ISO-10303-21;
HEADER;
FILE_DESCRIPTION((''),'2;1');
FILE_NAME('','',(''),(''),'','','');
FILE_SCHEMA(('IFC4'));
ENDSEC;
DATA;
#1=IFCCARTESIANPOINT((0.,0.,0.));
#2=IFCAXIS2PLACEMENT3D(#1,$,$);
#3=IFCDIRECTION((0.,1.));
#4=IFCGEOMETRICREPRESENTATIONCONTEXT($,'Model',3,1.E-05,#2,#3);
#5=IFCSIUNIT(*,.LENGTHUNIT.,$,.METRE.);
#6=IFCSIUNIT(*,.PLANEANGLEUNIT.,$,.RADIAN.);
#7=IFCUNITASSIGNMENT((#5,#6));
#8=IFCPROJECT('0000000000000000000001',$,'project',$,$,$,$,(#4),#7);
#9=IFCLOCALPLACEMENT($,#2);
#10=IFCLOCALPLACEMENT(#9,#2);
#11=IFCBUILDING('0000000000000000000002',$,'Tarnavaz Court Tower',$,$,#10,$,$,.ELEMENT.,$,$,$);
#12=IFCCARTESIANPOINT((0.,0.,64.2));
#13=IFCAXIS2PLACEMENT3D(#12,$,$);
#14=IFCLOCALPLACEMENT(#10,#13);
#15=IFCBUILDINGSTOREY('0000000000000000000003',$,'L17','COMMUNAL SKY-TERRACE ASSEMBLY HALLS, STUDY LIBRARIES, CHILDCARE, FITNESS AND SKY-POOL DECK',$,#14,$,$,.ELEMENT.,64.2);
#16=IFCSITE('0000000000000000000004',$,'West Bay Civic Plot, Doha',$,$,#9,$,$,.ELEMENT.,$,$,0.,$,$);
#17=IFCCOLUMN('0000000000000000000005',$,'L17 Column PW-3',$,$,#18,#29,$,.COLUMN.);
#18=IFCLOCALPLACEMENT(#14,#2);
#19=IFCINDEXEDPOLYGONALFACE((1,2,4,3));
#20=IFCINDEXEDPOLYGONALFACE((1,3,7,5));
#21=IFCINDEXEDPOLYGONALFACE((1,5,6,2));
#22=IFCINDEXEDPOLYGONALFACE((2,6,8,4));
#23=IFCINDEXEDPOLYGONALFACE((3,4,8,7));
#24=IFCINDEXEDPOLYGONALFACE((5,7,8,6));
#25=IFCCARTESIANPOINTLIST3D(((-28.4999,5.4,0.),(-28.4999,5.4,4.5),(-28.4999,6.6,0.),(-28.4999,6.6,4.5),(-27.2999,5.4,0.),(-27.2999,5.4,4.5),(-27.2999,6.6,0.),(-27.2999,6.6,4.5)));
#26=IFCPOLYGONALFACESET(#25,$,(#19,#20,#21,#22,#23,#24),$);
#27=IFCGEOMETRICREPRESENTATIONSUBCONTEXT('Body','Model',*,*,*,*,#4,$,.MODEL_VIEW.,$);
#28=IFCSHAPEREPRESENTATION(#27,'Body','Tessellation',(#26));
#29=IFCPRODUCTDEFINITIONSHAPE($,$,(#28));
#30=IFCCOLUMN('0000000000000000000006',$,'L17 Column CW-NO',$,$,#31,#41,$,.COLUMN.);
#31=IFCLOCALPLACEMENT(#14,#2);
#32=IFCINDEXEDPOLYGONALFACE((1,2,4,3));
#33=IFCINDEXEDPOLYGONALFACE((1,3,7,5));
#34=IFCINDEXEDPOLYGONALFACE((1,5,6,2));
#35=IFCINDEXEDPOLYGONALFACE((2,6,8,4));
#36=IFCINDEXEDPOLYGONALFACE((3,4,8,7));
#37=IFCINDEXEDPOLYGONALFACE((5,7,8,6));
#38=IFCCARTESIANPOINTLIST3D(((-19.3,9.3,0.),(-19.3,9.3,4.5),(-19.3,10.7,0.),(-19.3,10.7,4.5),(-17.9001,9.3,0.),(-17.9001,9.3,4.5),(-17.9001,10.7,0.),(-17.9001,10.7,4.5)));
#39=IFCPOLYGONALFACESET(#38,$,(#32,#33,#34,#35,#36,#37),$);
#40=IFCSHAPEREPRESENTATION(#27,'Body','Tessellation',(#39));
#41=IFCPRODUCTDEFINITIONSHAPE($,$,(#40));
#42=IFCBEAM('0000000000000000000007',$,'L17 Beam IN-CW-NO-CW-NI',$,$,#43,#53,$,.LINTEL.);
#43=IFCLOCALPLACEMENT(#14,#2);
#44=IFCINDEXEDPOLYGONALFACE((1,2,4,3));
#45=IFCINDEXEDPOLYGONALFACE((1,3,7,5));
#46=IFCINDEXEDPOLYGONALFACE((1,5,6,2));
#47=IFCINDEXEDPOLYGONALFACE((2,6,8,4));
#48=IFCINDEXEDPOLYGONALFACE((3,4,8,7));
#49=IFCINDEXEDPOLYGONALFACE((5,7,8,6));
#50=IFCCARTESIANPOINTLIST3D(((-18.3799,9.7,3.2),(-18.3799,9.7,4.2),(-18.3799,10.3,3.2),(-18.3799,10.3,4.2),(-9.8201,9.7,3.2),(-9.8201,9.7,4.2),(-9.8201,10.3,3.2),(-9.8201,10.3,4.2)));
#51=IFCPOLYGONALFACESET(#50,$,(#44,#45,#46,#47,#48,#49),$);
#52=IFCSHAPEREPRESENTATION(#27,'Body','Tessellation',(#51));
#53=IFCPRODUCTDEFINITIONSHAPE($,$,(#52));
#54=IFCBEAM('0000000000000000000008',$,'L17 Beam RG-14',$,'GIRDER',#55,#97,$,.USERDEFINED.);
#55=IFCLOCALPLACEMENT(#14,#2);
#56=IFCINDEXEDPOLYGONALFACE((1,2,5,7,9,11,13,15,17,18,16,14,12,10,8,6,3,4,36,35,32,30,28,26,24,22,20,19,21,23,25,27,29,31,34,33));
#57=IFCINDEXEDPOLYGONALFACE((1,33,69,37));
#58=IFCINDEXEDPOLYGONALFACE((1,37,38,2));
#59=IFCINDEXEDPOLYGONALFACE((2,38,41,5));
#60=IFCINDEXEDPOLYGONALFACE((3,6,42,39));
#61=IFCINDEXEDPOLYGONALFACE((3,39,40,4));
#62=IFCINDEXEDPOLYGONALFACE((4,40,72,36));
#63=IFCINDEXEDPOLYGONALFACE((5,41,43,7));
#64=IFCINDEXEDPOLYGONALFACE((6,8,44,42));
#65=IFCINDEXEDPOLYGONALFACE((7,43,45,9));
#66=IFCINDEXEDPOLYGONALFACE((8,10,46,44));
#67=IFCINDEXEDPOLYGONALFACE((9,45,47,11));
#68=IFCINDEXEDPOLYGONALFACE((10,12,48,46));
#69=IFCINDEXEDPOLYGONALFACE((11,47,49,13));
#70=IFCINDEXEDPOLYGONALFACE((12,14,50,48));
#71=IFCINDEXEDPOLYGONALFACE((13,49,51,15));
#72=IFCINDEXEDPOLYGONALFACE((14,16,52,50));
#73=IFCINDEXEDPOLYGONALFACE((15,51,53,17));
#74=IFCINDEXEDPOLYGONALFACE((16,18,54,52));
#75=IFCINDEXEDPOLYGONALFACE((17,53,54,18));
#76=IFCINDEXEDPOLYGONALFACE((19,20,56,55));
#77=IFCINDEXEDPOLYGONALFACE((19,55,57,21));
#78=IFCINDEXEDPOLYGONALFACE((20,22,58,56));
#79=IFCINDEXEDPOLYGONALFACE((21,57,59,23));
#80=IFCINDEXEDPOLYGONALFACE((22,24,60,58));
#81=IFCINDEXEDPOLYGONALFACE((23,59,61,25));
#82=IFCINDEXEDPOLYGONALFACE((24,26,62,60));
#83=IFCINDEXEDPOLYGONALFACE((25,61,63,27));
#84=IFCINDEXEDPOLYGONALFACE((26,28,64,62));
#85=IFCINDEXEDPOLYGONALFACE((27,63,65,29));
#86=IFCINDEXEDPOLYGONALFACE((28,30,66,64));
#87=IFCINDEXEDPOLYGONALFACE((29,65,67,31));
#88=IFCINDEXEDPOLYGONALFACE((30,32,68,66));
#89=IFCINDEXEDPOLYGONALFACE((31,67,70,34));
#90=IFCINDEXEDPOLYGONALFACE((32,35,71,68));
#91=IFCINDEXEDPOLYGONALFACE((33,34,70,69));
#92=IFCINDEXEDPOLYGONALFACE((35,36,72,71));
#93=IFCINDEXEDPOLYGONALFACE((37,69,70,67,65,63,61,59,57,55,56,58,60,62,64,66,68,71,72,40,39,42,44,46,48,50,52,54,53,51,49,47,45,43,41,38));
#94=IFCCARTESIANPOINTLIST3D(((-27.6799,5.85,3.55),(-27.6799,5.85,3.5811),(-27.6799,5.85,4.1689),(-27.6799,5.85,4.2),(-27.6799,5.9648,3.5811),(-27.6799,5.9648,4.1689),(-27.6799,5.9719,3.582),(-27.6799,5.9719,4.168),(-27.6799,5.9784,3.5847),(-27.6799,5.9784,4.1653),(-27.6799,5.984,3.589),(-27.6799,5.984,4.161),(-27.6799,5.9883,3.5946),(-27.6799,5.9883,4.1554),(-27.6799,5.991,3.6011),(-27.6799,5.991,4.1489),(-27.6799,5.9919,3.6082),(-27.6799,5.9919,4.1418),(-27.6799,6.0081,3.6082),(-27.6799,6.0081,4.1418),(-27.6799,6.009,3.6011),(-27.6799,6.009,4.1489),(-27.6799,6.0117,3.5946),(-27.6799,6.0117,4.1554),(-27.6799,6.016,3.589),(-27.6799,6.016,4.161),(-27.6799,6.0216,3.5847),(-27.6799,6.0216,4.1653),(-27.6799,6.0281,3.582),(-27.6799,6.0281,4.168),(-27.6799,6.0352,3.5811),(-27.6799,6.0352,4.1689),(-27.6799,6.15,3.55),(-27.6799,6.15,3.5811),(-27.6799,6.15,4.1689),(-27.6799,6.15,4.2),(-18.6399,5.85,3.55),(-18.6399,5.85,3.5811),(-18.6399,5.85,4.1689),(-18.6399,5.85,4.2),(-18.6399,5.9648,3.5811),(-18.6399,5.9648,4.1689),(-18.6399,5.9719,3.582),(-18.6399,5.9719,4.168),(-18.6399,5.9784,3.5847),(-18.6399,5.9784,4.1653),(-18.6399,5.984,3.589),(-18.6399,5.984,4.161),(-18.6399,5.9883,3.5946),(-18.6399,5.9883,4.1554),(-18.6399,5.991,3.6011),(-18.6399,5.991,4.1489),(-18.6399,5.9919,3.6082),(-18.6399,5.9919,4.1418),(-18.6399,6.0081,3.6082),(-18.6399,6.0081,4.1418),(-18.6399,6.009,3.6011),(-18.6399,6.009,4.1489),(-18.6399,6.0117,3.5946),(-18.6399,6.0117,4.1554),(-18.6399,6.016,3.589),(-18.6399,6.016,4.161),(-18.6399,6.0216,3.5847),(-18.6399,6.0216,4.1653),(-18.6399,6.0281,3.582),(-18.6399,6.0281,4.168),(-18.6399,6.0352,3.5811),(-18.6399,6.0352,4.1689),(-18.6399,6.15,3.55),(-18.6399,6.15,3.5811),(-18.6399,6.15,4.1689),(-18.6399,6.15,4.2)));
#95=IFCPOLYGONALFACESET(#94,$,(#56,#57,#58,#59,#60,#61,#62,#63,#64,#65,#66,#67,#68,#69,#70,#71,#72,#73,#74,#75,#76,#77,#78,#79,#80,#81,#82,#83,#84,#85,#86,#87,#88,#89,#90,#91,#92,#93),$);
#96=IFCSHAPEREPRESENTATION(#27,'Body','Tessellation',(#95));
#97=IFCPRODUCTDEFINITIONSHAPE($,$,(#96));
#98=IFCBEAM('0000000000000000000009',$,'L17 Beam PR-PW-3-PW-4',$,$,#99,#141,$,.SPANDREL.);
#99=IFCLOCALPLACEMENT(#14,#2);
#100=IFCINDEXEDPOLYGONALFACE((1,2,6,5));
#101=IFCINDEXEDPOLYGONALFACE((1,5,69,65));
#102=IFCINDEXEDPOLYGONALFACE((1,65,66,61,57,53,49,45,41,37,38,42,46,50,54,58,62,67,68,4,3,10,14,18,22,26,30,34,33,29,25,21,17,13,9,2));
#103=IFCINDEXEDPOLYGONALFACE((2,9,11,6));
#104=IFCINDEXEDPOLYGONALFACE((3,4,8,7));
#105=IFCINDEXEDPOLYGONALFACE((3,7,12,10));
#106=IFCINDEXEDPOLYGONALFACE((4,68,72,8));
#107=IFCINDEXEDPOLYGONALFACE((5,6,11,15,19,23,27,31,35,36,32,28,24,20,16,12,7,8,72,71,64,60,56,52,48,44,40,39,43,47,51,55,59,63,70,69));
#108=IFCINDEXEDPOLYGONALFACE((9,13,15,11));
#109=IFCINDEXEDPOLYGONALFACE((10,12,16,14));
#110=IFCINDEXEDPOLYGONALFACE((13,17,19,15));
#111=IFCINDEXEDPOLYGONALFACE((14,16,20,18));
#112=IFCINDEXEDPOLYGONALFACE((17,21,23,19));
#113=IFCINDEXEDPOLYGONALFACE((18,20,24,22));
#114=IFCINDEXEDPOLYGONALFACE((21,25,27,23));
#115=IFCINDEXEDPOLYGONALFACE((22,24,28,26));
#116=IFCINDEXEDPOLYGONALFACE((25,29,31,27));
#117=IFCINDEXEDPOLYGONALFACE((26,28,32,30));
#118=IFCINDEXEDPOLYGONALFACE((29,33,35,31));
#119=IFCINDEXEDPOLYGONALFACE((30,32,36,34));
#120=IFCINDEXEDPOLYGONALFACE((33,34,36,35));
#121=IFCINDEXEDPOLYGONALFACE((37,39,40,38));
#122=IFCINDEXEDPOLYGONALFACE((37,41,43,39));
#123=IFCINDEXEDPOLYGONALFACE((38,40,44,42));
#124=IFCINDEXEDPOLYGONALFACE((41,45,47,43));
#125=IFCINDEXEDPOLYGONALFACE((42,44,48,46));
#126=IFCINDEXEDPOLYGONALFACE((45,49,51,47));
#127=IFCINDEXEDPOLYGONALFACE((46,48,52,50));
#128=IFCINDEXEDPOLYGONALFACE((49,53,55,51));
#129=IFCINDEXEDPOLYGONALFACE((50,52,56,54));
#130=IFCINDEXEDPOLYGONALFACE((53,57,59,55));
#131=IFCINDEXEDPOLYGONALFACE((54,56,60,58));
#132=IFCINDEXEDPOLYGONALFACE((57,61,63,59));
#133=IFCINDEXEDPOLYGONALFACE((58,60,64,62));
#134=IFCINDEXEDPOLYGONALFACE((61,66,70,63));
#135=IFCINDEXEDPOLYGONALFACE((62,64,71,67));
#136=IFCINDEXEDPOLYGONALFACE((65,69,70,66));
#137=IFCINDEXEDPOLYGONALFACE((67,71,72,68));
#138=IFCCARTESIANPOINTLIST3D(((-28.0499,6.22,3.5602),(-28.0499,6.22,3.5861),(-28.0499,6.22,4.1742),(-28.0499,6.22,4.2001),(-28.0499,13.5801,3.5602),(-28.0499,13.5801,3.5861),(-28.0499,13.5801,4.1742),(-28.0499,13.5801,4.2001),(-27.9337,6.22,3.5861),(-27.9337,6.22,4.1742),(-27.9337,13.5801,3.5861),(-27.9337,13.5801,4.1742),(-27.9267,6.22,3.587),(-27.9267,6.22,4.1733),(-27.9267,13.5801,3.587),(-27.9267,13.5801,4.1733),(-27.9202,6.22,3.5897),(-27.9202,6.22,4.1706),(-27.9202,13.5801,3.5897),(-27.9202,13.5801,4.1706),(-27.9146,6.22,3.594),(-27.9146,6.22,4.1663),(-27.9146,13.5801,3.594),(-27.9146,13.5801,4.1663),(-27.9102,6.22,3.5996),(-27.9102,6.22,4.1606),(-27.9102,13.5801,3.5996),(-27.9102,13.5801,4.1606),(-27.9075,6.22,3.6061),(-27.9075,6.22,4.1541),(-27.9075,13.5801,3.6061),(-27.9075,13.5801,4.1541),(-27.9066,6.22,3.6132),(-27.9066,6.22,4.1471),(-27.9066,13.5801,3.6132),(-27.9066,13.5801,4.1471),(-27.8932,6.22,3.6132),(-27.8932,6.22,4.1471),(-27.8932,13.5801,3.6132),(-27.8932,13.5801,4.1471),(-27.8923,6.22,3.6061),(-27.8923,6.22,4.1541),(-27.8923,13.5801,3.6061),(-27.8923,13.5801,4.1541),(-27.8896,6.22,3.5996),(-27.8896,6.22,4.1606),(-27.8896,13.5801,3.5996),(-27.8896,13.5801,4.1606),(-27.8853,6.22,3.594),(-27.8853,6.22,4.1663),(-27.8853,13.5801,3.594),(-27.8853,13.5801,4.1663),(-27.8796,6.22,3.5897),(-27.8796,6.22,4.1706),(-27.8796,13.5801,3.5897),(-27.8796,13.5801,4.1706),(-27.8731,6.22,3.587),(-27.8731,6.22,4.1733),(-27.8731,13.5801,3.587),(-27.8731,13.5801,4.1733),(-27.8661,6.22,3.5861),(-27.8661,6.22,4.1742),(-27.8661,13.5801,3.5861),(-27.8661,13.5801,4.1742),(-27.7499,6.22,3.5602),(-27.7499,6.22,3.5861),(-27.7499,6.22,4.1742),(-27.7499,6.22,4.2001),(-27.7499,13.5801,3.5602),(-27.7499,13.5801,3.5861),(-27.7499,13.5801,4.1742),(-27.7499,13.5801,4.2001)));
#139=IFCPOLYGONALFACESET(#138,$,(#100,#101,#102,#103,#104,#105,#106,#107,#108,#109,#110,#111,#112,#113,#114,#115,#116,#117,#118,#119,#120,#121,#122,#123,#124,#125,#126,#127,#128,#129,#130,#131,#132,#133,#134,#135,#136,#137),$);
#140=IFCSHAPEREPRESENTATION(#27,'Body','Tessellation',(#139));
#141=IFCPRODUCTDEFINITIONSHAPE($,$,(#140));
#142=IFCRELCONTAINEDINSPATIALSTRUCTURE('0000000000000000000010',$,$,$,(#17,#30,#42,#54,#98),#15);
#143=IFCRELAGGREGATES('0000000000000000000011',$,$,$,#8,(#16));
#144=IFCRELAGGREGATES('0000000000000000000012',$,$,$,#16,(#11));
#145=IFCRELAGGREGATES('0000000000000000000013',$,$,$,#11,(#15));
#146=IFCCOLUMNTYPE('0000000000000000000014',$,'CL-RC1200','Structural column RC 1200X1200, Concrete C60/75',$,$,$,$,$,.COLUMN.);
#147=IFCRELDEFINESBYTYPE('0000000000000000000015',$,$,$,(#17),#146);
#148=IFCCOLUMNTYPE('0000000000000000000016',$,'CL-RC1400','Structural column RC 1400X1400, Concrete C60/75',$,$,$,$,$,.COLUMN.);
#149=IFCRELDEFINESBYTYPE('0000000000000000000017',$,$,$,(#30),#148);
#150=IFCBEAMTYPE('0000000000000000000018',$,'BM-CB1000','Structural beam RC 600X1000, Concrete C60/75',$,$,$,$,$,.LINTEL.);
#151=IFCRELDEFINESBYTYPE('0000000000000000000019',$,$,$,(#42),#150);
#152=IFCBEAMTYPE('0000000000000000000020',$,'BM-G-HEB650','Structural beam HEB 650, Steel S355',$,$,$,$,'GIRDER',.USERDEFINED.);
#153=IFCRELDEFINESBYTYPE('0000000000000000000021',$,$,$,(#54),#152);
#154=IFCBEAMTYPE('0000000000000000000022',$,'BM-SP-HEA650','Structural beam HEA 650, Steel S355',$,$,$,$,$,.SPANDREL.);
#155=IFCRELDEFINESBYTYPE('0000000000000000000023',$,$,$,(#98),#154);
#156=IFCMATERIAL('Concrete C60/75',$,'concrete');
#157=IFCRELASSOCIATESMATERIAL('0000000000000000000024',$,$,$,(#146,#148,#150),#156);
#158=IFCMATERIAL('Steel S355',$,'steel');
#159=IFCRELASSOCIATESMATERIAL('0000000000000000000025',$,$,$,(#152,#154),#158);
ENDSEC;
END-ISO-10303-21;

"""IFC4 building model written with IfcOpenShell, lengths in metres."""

from ifc_helpers import new_model, si_unit, direction, frame, origin, origin_2d, place, context, subcontext, project, spatial, rectangle, i_section, extrude, material, material_profile, profile_set, type_object, element, save


model = new_model("IFC4")

# Units and contexts
model_context = context("Model", 3, precision=1e-05, world=origin(), true_north=direction((0.0, 1.0)))
body_context = subcontext(model_context, "Body", "Model", "MODEL_VIEW")
ifc_project = project(units=[si_unit("LENGTHUNIT", "METRE"), si_unit("PLANEANGLEUNIT", "RADIAN")], contexts=[model_context])

# Site, building, storey
site_placement = place(None, origin())
site = spatial("IfcSite", under=ifc_project, at=site_placement, Name="West Bay Civic Plot, Doha", CompositionType="ELEMENT", RefElevation=0.0)
building_placement = place(site_placement, origin())
building = spatial("IfcBuilding", under=site, at=building_placement, Name="Tarnavaz Court Tower", CompositionType="ELEMENT")
storey_placement = place(building_placement, frame((0.0, 0.0, 64.2)))
storey = spatial("IfcBuildingStorey", under=building, at=storey_placement, Name="L17", Description="COMMUNAL SKY-TERRACE ASSEMBLY HALLS, STUDY LIBRARIES, CHILDCARE, FITNESS AND SKY-POOL DECK", CompositionType="ELEMENT", Elevation=64.2)

# Columns
ifc_material_1 = material(Name="Concrete C60/75", Category="concrete")
ifc_material_profile_1 = material_profile(ifc_material_1, rectangle(XDim=1.2, YDim=1.2, at=origin_2d()), Name="RC 1200X1200")
ifc_profile_set_1 = profile_set([ifc_material_profile_1], Name="Concrete C60/75")
column_type_1 = type_object("IfcColumnType", Name="CL-RC1200", Description="Structural column RC 1200X1200, Concrete C60/75", PredefinedType="COLUMN", material=ifc_profile_set_1)
column_1_placement = place(storey_placement, frame((-27.8999, 6.0, 0.0), z_axis=(0.0, 0.0, 1.0), x_axis=(1.0, 0.0, 0.0)))
element("IfcColumn", 1, at=column_1_placement, inside=storey, type_object=column_type_1, Name="L17 Column PW-3", PredefinedType="COLUMN", context=body_context, shape_type="SweptSolid", body=[
    extrude(rectangle(XDim=1.2, YDim=1.2, at=origin_2d()), origin(), (0.0, 0.0, 1.0), 4.5),
])
ifc_material_profile_2 = material_profile(ifc_material_1, rectangle(XDim=1.3999, YDim=1.3999, at=origin_2d()), Name="RC 1400X1400")
ifc_profile_set_2 = profile_set([ifc_material_profile_2], Name="Concrete C60/75")
column_type_2 = type_object("IfcColumnType", Name="CL-RC1400", Description="Structural column RC 1400X1400, Concrete C60/75", PredefinedType="COLUMN", material=ifc_profile_set_2)
column_2_placement = place(storey_placement, frame((-18.6001, 10.0, 0.0), z_axis=(0.0, 0.0, 1.0), x_axis=(1.0, 0.0, 0.0)))
element("IfcColumn", 2, at=column_2_placement, inside=storey, type_object=column_type_2, Name="L17 Column CW-NO", PredefinedType="COLUMN", context=body_context, shape_type="SweptSolid", body=[
    extrude(rectangle(XDim=1.3999, YDim=1.3999, at=origin_2d()), origin(), (0.0, 0.0, 1.0), 4.5),
])

# Beams
ifc_material_profile_3 = material_profile(ifc_material_1, rectangle(XDim=0.6001, YDim=1.0, at=origin_2d()), Name="RC 600X1000")
ifc_profile_set_3 = profile_set([ifc_material_profile_3], Name="Concrete C60/75")
beam_type_1 = type_object("IfcBeamType", Name="BM-CB1000", Description="Structural beam RC 600X1000, Concrete C60/75", PredefinedType="LINTEL", material=ifc_profile_set_3)
beam_1_placement = place(storey_placement, frame((-18.3799, 10.0, 3.7), z_axis=(1.0, 0.0, 0.0), x_axis=(0.0, 1.0, 0.0)))
element("IfcBeam", 3, at=beam_1_placement, inside=storey, type_object=beam_type_1, Name="L17 Beam IN-CW-NO-CW-NI", PredefinedType="LINTEL", context=body_context, shape_type="SweptSolid", body=[
    extrude(rectangle(XDim=0.6001, YDim=1.0, at=origin_2d()), origin(), (0.0, 0.0, 1.0), 8.5598),
])
ifc_material_2 = material(Name="Steel S355", Category="steel")
ifc_material_profile_4 = material_profile(ifc_material_2, i_section(OverallWidth=0.3, OverallDepth=0.6499, WebThickness=0.0161, FlangeThickness=0.031, FilletRadius=0.0271, at=origin_2d()), Name="HEB 650")
ifc_profile_set_4 = profile_set([ifc_material_profile_4], Name="Steel S355")
beam_type_2 = type_object("IfcBeamType", Name="BM-G-HEB650", Description="Structural beam HEB 650, Steel S355", ElementType="GIRDER", PredefinedType="USERDEFINED", material=ifc_profile_set_4)
beam_2_placement = place(storey_placement, frame((-18.6399, 6.0, 3.875), z_axis=(-1.0, 0.0, 0.0), x_axis=(0.0, -1.0, 0.0)))
element("IfcBeam", 4, at=beam_2_placement, inside=storey, type_object=beam_type_2, Name="L17 Beam RG-14", ObjectType="GIRDER", PredefinedType="USERDEFINED", context=body_context, shape_type="SweptSolid", body=[
    extrude(i_section(OverallWidth=0.3, OverallDepth=0.6499, WebThickness=0.0161, FlangeThickness=0.031, FilletRadius=0.0271, at=origin_2d()), origin(), (0.0, 0.0, 1.0), 9.04),
])
ifc_material_profile_5 = material_profile(ifc_material_2, i_section(OverallWidth=0.3, OverallDepth=0.6399, WebThickness=0.0134, FlangeThickness=0.0259, FilletRadius=0.0271, at=origin_2d()), Name="HEA 650")
ifc_profile_set_5 = profile_set([ifc_material_profile_5], Name="Steel S355")
beam_type_3 = type_object("IfcBeamType", Name="BM-SP-HEA650", Description="Structural beam HEA 650, Steel S355", PredefinedType="SPANDREL", material=ifc_profile_set_5)
beam_3_placement = place(storey_placement, frame((-27.8999, 6.22, 3.8801), z_axis=(0.0, 1.0, 0.0), x_axis=(-1.0, 0.0, 0.0)))
element("IfcBeam", 5, at=beam_3_placement, inside=storey, type_object=beam_type_3, Name="L17 Beam PR-PW-3-PW-4", PredefinedType="SPANDREL", context=body_context, shape_type="SweptSolid", body=[
    extrude(i_section(OverallWidth=0.3, OverallDepth=0.6399, WebThickness=0.0134, FlangeThickness=0.0259, FilletRadius=0.0271, at=origin_2d()), origin(), (0.0, 0.0, 1.0), 7.3601),
])

save(model, "model.ifc")
